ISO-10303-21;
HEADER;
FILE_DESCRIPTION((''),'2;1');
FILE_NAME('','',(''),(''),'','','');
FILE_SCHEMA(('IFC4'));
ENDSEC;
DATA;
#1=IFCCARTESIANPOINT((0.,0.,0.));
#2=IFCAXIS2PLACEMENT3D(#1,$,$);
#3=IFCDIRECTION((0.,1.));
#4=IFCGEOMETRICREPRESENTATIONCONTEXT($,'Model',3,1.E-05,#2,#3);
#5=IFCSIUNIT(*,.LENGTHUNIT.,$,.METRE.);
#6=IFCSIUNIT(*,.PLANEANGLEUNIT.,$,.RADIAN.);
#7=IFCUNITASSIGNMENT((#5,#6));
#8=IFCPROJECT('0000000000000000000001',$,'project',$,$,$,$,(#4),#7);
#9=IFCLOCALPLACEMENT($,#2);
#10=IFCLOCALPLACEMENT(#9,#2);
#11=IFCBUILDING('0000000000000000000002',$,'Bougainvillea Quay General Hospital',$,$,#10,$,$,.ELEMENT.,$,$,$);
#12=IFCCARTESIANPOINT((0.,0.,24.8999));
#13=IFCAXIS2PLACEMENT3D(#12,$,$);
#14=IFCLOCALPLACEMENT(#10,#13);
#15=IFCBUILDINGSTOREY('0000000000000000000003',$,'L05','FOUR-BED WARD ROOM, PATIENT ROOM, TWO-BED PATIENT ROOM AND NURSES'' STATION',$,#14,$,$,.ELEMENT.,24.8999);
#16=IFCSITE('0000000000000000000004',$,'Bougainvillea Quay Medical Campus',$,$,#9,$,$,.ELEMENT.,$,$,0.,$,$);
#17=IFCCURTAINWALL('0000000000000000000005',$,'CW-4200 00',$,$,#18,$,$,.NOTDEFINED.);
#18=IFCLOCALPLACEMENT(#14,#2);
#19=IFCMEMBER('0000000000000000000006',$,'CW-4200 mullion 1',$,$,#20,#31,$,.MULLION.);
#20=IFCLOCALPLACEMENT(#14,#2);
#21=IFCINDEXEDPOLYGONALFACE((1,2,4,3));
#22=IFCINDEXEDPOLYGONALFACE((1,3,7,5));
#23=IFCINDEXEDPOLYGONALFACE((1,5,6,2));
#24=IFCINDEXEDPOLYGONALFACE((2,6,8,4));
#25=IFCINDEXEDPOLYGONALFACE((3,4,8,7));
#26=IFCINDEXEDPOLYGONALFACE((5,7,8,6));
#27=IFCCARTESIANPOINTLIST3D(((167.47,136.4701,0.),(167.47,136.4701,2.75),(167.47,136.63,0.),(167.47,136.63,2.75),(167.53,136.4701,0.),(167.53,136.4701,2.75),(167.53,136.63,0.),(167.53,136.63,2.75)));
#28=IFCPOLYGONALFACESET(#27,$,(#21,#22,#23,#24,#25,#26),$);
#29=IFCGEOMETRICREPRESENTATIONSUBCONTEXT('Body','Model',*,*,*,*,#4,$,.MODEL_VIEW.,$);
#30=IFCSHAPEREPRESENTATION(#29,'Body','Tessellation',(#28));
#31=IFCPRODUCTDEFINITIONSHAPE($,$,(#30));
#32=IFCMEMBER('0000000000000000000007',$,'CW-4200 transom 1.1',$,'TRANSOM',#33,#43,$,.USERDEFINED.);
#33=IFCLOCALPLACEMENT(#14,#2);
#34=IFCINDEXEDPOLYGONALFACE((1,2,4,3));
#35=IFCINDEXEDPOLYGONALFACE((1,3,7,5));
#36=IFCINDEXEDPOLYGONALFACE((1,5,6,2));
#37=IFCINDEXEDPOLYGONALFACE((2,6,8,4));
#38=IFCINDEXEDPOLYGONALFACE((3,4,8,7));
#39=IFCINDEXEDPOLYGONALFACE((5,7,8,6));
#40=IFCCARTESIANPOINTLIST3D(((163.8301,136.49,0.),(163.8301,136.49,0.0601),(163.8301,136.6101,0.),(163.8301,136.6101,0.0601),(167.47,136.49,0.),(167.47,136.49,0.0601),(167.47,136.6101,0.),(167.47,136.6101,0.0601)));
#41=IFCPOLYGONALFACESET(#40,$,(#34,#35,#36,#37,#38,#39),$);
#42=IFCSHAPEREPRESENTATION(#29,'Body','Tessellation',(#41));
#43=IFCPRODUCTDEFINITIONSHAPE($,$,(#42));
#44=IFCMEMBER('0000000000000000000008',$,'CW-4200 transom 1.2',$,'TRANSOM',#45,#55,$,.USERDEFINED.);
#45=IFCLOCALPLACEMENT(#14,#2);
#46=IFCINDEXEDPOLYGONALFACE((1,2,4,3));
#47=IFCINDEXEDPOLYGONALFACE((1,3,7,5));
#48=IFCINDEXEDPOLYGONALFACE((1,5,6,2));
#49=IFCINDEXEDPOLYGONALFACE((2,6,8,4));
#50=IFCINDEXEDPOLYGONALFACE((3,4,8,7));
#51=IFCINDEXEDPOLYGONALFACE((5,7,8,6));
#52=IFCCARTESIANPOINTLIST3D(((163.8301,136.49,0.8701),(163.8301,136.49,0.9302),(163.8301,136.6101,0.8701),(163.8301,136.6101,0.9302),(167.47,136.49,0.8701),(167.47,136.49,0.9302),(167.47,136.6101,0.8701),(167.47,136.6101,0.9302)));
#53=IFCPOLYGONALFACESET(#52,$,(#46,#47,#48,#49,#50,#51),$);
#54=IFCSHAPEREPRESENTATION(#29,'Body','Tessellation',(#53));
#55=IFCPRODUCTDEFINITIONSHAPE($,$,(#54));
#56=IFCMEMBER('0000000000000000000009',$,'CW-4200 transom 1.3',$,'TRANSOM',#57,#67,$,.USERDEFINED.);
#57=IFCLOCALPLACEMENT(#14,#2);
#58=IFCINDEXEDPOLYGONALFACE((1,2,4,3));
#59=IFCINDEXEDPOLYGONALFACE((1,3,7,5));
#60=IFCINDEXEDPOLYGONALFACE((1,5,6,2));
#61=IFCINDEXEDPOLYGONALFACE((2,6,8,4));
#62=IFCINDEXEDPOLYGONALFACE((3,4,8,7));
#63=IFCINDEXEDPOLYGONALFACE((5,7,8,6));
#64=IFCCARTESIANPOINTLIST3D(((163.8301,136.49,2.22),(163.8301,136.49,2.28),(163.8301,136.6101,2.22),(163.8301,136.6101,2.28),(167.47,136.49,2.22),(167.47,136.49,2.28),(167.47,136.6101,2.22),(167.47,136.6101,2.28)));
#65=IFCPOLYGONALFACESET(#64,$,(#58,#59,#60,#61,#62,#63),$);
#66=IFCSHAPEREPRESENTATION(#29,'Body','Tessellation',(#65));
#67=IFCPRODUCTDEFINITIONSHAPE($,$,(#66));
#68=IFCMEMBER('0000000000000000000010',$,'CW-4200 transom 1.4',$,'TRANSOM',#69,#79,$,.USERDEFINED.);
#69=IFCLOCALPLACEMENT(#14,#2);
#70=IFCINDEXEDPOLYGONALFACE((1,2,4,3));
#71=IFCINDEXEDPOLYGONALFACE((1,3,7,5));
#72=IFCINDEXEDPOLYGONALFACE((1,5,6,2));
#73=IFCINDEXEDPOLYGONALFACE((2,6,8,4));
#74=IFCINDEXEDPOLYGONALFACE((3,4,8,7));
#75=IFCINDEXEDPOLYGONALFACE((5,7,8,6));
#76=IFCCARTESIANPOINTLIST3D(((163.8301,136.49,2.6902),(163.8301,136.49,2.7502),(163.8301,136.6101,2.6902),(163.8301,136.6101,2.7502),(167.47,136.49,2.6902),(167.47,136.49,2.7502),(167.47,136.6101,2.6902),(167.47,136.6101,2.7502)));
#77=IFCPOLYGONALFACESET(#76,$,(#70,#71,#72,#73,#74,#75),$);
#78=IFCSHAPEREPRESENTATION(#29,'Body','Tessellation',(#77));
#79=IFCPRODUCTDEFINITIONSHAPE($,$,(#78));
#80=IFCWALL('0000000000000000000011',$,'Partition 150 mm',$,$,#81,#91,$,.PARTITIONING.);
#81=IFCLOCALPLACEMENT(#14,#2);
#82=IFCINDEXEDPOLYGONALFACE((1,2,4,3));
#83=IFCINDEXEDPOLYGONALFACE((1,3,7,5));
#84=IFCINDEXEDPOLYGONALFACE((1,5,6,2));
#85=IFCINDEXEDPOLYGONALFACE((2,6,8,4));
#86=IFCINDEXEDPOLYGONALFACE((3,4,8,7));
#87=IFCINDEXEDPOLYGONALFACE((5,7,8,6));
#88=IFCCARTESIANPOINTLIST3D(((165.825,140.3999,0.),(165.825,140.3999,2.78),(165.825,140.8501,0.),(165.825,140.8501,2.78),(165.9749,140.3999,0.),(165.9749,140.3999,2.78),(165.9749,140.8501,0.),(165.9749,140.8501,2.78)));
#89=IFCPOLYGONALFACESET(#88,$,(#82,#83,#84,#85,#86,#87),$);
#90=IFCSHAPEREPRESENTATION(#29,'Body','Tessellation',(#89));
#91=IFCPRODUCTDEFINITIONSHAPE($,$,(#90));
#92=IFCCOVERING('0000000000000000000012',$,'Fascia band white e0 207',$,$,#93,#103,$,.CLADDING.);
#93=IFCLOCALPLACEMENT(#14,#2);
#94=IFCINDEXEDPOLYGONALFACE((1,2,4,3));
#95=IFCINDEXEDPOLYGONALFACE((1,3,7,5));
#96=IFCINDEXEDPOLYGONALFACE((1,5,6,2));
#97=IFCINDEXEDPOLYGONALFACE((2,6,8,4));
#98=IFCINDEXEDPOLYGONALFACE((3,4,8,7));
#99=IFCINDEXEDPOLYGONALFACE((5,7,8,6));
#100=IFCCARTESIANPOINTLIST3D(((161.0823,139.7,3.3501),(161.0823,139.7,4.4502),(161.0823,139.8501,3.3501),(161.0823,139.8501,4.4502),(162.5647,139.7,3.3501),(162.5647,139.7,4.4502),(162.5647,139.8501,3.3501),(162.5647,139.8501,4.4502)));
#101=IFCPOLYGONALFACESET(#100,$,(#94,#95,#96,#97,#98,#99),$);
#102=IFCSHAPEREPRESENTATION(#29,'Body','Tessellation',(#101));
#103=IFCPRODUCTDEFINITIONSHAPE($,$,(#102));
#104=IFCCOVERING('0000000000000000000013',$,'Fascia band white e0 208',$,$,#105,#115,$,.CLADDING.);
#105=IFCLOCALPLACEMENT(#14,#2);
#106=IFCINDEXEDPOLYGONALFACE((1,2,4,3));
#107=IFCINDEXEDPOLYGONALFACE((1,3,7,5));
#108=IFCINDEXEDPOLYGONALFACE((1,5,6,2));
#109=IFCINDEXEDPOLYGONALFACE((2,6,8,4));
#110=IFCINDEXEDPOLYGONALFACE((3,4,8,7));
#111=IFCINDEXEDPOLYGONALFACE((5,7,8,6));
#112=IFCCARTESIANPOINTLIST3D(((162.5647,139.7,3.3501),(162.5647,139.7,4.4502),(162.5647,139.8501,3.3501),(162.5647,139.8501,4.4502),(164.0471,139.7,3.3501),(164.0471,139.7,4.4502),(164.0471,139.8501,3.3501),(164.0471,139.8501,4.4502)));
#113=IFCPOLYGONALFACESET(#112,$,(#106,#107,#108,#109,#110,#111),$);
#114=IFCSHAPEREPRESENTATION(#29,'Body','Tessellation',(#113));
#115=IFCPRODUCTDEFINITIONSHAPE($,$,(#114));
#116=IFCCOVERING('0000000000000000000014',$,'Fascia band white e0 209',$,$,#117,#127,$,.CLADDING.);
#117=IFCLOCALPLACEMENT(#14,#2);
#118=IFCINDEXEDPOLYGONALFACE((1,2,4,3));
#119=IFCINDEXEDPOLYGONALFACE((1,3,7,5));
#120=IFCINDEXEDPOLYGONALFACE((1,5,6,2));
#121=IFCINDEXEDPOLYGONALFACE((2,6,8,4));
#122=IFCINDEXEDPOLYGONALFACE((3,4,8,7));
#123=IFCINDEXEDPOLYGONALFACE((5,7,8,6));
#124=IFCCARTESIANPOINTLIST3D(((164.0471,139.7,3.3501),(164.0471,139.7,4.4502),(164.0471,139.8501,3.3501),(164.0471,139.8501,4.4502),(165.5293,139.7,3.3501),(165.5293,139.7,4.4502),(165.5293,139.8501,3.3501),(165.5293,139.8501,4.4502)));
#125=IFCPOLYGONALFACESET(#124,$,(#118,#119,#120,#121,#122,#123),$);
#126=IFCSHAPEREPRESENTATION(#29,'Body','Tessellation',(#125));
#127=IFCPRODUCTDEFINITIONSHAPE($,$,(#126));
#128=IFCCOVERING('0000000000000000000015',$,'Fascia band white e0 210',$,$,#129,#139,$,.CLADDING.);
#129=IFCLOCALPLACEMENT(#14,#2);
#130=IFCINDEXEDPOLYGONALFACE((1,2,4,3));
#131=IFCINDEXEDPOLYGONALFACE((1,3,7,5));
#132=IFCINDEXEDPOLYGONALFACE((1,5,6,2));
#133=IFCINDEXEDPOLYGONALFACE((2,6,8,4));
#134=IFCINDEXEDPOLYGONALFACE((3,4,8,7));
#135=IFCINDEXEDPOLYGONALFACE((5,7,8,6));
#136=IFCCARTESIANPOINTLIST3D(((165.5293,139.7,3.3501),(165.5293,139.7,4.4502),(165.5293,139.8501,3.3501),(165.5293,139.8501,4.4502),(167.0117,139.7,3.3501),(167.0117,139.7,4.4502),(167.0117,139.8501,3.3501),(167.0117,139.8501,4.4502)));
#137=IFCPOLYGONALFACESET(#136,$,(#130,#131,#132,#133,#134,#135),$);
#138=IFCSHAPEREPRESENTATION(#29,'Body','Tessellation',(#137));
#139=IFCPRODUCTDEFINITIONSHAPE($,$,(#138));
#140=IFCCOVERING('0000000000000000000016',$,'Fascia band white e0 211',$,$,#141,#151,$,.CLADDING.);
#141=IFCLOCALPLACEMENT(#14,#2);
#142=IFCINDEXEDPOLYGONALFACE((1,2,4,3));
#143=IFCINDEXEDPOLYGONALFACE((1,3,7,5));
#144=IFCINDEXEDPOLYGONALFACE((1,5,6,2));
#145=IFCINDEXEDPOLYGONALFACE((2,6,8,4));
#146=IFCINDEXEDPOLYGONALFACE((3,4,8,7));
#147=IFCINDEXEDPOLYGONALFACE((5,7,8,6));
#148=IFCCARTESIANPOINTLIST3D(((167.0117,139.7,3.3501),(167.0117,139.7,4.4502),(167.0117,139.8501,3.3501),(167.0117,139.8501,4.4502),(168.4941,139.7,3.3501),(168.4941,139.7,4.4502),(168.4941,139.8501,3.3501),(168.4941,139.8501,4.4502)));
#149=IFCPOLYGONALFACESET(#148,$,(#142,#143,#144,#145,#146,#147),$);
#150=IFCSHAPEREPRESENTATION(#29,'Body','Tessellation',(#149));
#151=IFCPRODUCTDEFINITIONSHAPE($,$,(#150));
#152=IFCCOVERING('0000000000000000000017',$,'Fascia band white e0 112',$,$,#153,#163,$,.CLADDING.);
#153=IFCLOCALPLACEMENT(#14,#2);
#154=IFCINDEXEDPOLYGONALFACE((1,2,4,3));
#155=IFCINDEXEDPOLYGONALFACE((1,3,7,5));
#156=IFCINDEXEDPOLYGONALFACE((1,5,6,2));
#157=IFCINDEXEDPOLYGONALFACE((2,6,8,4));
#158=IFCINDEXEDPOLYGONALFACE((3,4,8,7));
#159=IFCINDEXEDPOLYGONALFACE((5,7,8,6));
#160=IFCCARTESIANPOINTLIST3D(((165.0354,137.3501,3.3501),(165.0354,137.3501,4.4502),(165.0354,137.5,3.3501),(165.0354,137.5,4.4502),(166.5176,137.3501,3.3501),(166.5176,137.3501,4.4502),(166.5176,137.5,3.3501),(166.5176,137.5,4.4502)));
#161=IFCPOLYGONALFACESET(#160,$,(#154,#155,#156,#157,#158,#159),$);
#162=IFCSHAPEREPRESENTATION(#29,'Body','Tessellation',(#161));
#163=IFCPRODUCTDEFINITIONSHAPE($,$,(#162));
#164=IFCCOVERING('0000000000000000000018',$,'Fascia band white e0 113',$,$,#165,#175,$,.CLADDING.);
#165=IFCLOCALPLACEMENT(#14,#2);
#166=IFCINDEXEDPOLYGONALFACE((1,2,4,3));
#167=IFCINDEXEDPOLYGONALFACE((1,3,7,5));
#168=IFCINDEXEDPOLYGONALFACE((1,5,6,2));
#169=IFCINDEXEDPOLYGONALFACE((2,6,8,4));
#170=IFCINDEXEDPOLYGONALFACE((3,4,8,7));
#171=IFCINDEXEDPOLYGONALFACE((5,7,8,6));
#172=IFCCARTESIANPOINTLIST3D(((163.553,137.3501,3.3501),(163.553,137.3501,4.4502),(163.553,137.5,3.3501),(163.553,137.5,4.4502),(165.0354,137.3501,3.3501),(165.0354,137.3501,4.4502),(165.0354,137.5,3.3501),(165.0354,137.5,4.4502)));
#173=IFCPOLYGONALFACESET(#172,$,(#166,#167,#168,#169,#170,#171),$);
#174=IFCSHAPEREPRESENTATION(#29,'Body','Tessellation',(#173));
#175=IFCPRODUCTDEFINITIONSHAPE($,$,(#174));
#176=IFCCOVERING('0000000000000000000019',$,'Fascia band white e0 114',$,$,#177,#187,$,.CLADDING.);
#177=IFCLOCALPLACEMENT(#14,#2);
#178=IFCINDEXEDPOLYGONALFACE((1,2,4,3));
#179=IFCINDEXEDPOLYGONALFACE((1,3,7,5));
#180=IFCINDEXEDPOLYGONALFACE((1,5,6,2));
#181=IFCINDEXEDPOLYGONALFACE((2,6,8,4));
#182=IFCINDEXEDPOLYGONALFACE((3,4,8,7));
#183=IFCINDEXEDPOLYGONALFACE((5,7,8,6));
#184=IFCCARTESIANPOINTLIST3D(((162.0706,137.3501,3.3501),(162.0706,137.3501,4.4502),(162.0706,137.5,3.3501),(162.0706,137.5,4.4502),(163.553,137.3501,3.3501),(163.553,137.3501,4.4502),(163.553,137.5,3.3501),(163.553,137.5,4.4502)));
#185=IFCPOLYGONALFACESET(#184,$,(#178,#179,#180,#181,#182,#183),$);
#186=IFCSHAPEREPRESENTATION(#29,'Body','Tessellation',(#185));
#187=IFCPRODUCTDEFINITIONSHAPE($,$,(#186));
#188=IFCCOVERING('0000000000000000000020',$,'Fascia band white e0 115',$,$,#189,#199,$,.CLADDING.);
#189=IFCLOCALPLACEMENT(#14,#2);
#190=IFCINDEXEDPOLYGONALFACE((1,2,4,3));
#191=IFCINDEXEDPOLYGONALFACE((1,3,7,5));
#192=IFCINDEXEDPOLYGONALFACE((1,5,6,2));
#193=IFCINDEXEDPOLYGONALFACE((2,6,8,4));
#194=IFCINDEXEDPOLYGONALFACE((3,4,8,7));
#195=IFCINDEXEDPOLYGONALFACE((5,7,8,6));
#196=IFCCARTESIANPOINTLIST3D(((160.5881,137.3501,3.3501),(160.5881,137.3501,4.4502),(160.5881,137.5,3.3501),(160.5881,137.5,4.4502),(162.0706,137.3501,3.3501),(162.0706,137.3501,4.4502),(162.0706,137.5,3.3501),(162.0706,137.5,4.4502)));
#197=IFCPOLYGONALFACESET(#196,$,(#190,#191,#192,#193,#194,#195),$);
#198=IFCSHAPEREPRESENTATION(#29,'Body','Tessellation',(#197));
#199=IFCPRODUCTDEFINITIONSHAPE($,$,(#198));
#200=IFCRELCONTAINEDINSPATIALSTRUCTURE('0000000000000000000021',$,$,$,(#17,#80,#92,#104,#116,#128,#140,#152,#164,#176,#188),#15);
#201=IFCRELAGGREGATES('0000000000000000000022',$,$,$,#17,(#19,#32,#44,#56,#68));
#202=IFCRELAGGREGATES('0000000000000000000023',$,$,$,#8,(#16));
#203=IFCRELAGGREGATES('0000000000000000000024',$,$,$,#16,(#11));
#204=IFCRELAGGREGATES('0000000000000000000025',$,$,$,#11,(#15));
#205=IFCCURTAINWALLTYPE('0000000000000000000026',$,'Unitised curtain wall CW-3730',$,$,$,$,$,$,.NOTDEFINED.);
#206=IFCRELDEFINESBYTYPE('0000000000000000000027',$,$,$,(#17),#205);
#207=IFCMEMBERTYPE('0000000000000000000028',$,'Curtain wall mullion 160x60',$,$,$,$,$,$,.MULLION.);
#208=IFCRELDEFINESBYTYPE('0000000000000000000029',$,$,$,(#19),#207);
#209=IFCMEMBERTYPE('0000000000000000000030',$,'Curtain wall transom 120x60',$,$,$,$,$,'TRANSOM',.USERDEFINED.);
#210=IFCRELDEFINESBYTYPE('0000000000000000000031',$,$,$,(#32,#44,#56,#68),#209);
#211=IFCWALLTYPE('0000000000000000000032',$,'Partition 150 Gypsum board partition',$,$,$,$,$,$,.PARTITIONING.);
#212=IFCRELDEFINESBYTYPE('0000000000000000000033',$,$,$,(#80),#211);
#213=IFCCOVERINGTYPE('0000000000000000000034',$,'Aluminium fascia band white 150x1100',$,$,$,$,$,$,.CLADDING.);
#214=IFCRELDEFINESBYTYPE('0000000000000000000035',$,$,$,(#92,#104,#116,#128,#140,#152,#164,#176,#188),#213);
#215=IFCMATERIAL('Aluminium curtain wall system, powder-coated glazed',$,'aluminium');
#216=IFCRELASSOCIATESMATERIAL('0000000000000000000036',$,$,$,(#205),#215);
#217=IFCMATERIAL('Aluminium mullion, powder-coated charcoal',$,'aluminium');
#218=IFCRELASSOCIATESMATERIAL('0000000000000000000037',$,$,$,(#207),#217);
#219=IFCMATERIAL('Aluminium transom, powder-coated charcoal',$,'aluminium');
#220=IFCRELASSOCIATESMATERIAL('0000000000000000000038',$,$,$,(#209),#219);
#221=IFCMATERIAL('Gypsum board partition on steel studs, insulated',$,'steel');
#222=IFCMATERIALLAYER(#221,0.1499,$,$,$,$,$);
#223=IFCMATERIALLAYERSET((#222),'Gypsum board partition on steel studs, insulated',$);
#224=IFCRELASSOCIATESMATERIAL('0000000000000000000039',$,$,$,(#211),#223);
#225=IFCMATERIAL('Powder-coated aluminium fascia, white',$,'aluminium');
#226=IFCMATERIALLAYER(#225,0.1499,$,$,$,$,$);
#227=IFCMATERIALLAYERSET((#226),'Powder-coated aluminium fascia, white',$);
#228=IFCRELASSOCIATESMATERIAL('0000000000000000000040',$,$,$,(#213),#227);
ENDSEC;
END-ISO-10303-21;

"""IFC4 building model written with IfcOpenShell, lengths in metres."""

from ifc_helpers import new_model, si_unit, direction, frame, frame_2d, origin, origin_2d, place, context, subcontext, project, spatial, polyline, rectangle, outline, extrude, material, layer, layer_set, material_profile, profile_set, type_object, element, aggregate, save


model = new_model("IFC4")

# Units and contexts
model_context = context("Model", 3, precision=1e-05, world=origin(), true_north=direction((0.0, 1.0)))
body_context = subcontext(model_context, "Body", "Model", "MODEL_VIEW")
ifc_project = project(units=[si_unit("LENGTHUNIT", "METRE"), si_unit("PLANEANGLEUNIT", "RADIAN")], contexts=[model_context])

# Site, building, storey
site_placement = place(None, origin())
site = spatial("IfcSite", under=ifc_project, at=site_placement, Name="Bougainvillea Quay Medical Campus", CompositionType="ELEMENT", RefElevation=0.0)
building_placement = place(site_placement, origin())
building = spatial("IfcBuilding", under=site, at=building_placement, Name="Bougainvillea Quay General Hospital", CompositionType="ELEMENT")
storey_placement = place(building_placement, frame((0.0, 0.0, 24.8999)))
storey = spatial("IfcBuildingStorey", under=building, at=storey_placement, Name="L05", Description="FOUR-BED WARD ROOM, PATIENT ROOM, TWO-BED PATIENT ROOM AND NURSES' STATION", CompositionType="ELEMENT", Elevation=24.8999)

# Curtain wall, members
ifc_material_1 = material(Name="Aluminium curtain wall system, powder-coated glazed", Category="aluminium")
curtain_wall_type = type_object("IfcCurtainWallType", Name="Unitised curtain wall CW-3730", PredefinedType="NOTDEFINED", material=ifc_material_1)
curtain_wall_placement = place(storey_placement, origin())
curtain_wall = element("IfcCurtainWall", 1, at=curtain_wall_placement, inside=storey, type_object=curtain_wall_type, Name="CW-4200 00", PredefinedType="NOTDEFINED")
ifc_material_2 = material(Name="Aluminium mullion, powder-coated charcoal", Category="aluminium")
ifc_material_profile_1 = material_profile(ifc_material_2, rectangle(XDim=0.1599, YDim=0.0601, at=origin_2d()))
ifc_profile_set_1 = profile_set([ifc_material_profile_1], Name="Aluminium mullion, powder-coated charcoal")
member_type_1 = type_object("IfcMemberType", Name="Curtain wall mullion 160x60", PredefinedType="MULLION", material=ifc_profile_set_1)
member_1_placement = place(storey_placement, frame((167.5, 136.55, 0.0), z_axis=(0.0, 0.0, 1.0), x_axis=(0.0, -1.0, 0.0)))
member_1 = element("IfcMember", 2, at=member_1_placement, type_object=member_type_1, Name="CW-4200 mullion 1", PredefinedType="MULLION", context=body_context, shape_type="SweptSolid", body=[
    extrude(rectangle(XDim=0.1599, YDim=0.0601, at=origin_2d()), origin(), (0.0, 0.0, 1.0), 2.75),
])
ifc_material_3 = material(Name="Aluminium transom, powder-coated charcoal", Category="aluminium")
ifc_material_profile_2 = material_profile(ifc_material_3, rectangle(XDim=0.1201, YDim=0.0601, at=origin_2d()))
ifc_profile_set_2 = profile_set([ifc_material_profile_2], Name="Aluminium transom, powder-coated charcoal")
member_type_2 = type_object("IfcMemberType", Name="Curtain wall transom 120x60", ElementType="TRANSOM", PredefinedType="USERDEFINED", material=ifc_profile_set_2)
member_2_placement = place(storey_placement, frame((167.47, 136.55, 0.03), z_axis=(-1.0, 0.0, 0.0), x_axis=(0.0, -1.0, 0.0)))
member_2 = element("IfcMember", 3, at=member_2_placement, type_object=member_type_2, Name="CW-4200 transom 1.1", ObjectType="TRANSOM", PredefinedType="USERDEFINED", context=body_context, shape_type="SweptSolid", body=[
    extrude(rectangle(XDim=0.1201, YDim=0.0601, at=origin_2d()), origin(), (0.0, 0.0, 1.0), 3.6399),
])
member_3_placement = place(storey_placement, frame((167.47, 136.55, 0.9001), z_axis=(-1.0, 0.0, 0.0), x_axis=(0.0, -1.0, 0.0)))
member_3 = element("IfcMember", 4, at=member_3_placement, type_object=member_type_2, Name="CW-4200 transom 1.2", ObjectType="TRANSOM", PredefinedType="USERDEFINED", context=body_context, shape_type="SweptSolid", body=[
    extrude(rectangle(XDim=0.1201, YDim=0.0601, at=origin_2d()), origin(), (0.0, 0.0, 1.0), 3.6399),
])
member_4_placement = place(storey_placement, frame((167.47, 136.55, 2.25), z_axis=(-1.0, 0.0, 0.0), x_axis=(0.0, -1.0, 0.0)))
member_4 = element("IfcMember", 5, at=member_4_placement, type_object=member_type_2, Name="CW-4200 transom 1.3", ObjectType="TRANSOM", PredefinedType="USERDEFINED", context=body_context, shape_type="SweptSolid", body=[
    extrude(rectangle(XDim=0.1201, YDim=0.0601, at=origin_2d()), origin(), (0.0, 0.0, 1.0), 3.6399),
])
member_5_placement = place(storey_placement, frame((167.47, 136.55, 2.7202), z_axis=(-1.0, 0.0, 0.0), x_axis=(0.0, -1.0, 0.0)))
member_5 = element("IfcMember", 6, at=member_5_placement, type_object=member_type_2, Name="CW-4200 transom 1.4", ObjectType="TRANSOM", PredefinedType="USERDEFINED", context=body_context, shape_type="SweptSolid", body=[
    extrude(rectangle(XDim=0.1201, YDim=0.0601, at=origin_2d()), origin(), (0.0, 0.0, 1.0), 3.6399),
])
aggregate(curtain_wall, [member_1, member_2, member_3, member_4, member_5])

# Wall
ifc_material_4 = material(Name="Gypsum board partition on steel studs, insulated", Category="steel")
ifc_layer_1 = layer(ifc_material_4, 0.1499)
ifc_layer_set_1 = layer_set([ifc_layer_1], Name="Gypsum board partition on steel studs, insulated")
wall_type = type_object("IfcWallType", Name="Partition 150 Gypsum board partition", PredefinedType="PARTITIONING", material=ifc_layer_set_1)
wall_placement = place(storey_placement, frame((165.8999, 140.3999, 0.0), z_axis=(0.0, 0.0, 1.0), x_axis=(0.0, 1.0, 0.0)))
element("IfcWall", 7, at=wall_placement, inside=storey, type_object=wall_type, Name="Partition 150 mm", PredefinedType="PARTITIONING", context=body_context, shape_type="SweptSolid", body=[
    extrude(rectangle(XDim=0.4502, YDim=0.1499, at=frame_2d((0.2251, 0.0))), origin(), (0.0, 0.0, 1.0), 2.78),
])

# Coverings
ifc_material_5 = material(Name="Powder-coated aluminium fascia, white", Category="aluminium")
ifc_layer_2 = layer(ifc_material_5, 0.1499)
ifc_layer_set_2 = layer_set([ifc_layer_2], Name="Powder-coated aluminium fascia, white")
covering_type = type_object("IfcCoveringType", Name="Aluminium fascia band white 150x1100", PredefinedType="CLADDING", material=ifc_layer_set_2)
for number, where, z_axis, x_axis, name in (
    (8, (161.0823, 139.8501, 3.3501), (0.0, 0.0, 1.0), (1.0, 0.0, 0.0), "Fascia band white e0 207"),
    (9, (162.5647, 139.8501, 3.3501), (0.0, 0.0, 1.0), (1.0, 0.0, 0.0), "Fascia band white e0 208"),
):
    element("IfcCovering", number, at=place(storey_placement, frame(where, z_axis=z_axis, x_axis=x_axis)), inside=storey, type_object=covering_type, Name=name, PredefinedType="CLADDING", context=body_context, shape_type="SweptSolid", body=[
        extrude(outline(polyline([(0.0, 0.0), (1.4824, 0.0), (1.4824, -0.1501), (0.0, -0.1501), (0.0, 0.0)])), origin(), (0.0, 0.0, 1.0), 1.1001),
    ])
covering_1_placement = place(storey_placement, frame((164.0471, 139.8501, 3.3501), z_axis=(0.0, 0.0, 1.0), x_axis=(1.0, 0.0, 0.0)))
element("IfcCovering", 10, at=covering_1_placement, inside=storey, type_object=covering_type, Name="Fascia band white e0 209", PredefinedType="CLADDING", context=body_context, shape_type="SweptSolid", body=[
    extrude(outline(polyline([(0.0, 0.0), (1.4822, 0.0), (1.4822, -0.1501), (0.0, -0.1501), (0.0, 0.0)])), origin(), (0.0, 0.0, 1.0), 1.1001),
])
for number, where, z_axis, x_axis, name in (
    (11, (165.5293, 139.8501, 3.3501), (0.0, 0.0, 1.0), (1.0, 0.0, 0.0), "Fascia band white e0 210"),
    (12, (167.0117, 139.8501, 3.3501), (0.0, 0.0, 1.0), (1.0, 0.0, 0.0), "Fascia band white e0 211"),
):
    element("IfcCovering", number, at=place(storey_placement, frame(where, z_axis=z_axis, x_axis=x_axis)), inside=storey, type_object=covering_type, Name=name, PredefinedType="CLADDING", context=body_context, shape_type="SweptSolid", body=[
        extrude(outline(polyline([(0.0, 0.0), (1.4824, 0.0), (1.4824, -0.1501), (0.0, -0.1501), (0.0, 0.0)])), origin(), (0.0, 0.0, 1.0), 1.1001),
    ])
covering_2_placement = place(storey_placement, frame((166.5176, 137.3501, 3.3501), z_axis=(0.0, 0.0, 1.0), x_axis=(-1.0, 0.0, 0.0)))
element("IfcCovering", 13, at=covering_2_placement, inside=storey, type_object=covering_type, Name="Fascia band white e0 112", PredefinedType="CLADDING", context=body_context, shape_type="SweptSolid", body=[
    extrude(outline(polyline([(0.0, 0.0), (1.4822, 0.0), (1.4822, -0.1499), (0.0, -0.1499), (0.0, 0.0)])), origin(), (0.0, 0.0, 1.0), 1.1001),
])
for number, where, z_axis, x_axis, name in (
    (14, (165.0354, 137.3501, 3.3501), (0.0, 0.0, 1.0), (-1.0, 0.0, 0.0), "Fascia band white e0 113"),
    (15, (163.553, 137.3501, 3.3501), (0.0, 0.0, 1.0), (-1.0, 0.0, 0.0), "Fascia band white e0 114"),
    (16, (162.0706, 137.3501, 3.3501), (0.0, 0.0, 1.0), (-1.0, 0.0, 0.0), "Fascia band white e0 115"),
):
    element("IfcCovering", number, at=place(storey_placement, frame(where, z_axis=z_axis, x_axis=x_axis)), inside=storey, type_object=covering_type, Name=name, PredefinedType="CLADDING", context=body_context, shape_type="SweptSolid", body=[
        extrude(outline(polyline([(0.0, 0.0), (1.4824, 0.0), (1.4824, -0.1499), (0.0, -0.1499), (0.0, 0.0)])), origin(), (0.0, 0.0, 1.0), 1.1001),
    ])

save(model, "model.ifc")
